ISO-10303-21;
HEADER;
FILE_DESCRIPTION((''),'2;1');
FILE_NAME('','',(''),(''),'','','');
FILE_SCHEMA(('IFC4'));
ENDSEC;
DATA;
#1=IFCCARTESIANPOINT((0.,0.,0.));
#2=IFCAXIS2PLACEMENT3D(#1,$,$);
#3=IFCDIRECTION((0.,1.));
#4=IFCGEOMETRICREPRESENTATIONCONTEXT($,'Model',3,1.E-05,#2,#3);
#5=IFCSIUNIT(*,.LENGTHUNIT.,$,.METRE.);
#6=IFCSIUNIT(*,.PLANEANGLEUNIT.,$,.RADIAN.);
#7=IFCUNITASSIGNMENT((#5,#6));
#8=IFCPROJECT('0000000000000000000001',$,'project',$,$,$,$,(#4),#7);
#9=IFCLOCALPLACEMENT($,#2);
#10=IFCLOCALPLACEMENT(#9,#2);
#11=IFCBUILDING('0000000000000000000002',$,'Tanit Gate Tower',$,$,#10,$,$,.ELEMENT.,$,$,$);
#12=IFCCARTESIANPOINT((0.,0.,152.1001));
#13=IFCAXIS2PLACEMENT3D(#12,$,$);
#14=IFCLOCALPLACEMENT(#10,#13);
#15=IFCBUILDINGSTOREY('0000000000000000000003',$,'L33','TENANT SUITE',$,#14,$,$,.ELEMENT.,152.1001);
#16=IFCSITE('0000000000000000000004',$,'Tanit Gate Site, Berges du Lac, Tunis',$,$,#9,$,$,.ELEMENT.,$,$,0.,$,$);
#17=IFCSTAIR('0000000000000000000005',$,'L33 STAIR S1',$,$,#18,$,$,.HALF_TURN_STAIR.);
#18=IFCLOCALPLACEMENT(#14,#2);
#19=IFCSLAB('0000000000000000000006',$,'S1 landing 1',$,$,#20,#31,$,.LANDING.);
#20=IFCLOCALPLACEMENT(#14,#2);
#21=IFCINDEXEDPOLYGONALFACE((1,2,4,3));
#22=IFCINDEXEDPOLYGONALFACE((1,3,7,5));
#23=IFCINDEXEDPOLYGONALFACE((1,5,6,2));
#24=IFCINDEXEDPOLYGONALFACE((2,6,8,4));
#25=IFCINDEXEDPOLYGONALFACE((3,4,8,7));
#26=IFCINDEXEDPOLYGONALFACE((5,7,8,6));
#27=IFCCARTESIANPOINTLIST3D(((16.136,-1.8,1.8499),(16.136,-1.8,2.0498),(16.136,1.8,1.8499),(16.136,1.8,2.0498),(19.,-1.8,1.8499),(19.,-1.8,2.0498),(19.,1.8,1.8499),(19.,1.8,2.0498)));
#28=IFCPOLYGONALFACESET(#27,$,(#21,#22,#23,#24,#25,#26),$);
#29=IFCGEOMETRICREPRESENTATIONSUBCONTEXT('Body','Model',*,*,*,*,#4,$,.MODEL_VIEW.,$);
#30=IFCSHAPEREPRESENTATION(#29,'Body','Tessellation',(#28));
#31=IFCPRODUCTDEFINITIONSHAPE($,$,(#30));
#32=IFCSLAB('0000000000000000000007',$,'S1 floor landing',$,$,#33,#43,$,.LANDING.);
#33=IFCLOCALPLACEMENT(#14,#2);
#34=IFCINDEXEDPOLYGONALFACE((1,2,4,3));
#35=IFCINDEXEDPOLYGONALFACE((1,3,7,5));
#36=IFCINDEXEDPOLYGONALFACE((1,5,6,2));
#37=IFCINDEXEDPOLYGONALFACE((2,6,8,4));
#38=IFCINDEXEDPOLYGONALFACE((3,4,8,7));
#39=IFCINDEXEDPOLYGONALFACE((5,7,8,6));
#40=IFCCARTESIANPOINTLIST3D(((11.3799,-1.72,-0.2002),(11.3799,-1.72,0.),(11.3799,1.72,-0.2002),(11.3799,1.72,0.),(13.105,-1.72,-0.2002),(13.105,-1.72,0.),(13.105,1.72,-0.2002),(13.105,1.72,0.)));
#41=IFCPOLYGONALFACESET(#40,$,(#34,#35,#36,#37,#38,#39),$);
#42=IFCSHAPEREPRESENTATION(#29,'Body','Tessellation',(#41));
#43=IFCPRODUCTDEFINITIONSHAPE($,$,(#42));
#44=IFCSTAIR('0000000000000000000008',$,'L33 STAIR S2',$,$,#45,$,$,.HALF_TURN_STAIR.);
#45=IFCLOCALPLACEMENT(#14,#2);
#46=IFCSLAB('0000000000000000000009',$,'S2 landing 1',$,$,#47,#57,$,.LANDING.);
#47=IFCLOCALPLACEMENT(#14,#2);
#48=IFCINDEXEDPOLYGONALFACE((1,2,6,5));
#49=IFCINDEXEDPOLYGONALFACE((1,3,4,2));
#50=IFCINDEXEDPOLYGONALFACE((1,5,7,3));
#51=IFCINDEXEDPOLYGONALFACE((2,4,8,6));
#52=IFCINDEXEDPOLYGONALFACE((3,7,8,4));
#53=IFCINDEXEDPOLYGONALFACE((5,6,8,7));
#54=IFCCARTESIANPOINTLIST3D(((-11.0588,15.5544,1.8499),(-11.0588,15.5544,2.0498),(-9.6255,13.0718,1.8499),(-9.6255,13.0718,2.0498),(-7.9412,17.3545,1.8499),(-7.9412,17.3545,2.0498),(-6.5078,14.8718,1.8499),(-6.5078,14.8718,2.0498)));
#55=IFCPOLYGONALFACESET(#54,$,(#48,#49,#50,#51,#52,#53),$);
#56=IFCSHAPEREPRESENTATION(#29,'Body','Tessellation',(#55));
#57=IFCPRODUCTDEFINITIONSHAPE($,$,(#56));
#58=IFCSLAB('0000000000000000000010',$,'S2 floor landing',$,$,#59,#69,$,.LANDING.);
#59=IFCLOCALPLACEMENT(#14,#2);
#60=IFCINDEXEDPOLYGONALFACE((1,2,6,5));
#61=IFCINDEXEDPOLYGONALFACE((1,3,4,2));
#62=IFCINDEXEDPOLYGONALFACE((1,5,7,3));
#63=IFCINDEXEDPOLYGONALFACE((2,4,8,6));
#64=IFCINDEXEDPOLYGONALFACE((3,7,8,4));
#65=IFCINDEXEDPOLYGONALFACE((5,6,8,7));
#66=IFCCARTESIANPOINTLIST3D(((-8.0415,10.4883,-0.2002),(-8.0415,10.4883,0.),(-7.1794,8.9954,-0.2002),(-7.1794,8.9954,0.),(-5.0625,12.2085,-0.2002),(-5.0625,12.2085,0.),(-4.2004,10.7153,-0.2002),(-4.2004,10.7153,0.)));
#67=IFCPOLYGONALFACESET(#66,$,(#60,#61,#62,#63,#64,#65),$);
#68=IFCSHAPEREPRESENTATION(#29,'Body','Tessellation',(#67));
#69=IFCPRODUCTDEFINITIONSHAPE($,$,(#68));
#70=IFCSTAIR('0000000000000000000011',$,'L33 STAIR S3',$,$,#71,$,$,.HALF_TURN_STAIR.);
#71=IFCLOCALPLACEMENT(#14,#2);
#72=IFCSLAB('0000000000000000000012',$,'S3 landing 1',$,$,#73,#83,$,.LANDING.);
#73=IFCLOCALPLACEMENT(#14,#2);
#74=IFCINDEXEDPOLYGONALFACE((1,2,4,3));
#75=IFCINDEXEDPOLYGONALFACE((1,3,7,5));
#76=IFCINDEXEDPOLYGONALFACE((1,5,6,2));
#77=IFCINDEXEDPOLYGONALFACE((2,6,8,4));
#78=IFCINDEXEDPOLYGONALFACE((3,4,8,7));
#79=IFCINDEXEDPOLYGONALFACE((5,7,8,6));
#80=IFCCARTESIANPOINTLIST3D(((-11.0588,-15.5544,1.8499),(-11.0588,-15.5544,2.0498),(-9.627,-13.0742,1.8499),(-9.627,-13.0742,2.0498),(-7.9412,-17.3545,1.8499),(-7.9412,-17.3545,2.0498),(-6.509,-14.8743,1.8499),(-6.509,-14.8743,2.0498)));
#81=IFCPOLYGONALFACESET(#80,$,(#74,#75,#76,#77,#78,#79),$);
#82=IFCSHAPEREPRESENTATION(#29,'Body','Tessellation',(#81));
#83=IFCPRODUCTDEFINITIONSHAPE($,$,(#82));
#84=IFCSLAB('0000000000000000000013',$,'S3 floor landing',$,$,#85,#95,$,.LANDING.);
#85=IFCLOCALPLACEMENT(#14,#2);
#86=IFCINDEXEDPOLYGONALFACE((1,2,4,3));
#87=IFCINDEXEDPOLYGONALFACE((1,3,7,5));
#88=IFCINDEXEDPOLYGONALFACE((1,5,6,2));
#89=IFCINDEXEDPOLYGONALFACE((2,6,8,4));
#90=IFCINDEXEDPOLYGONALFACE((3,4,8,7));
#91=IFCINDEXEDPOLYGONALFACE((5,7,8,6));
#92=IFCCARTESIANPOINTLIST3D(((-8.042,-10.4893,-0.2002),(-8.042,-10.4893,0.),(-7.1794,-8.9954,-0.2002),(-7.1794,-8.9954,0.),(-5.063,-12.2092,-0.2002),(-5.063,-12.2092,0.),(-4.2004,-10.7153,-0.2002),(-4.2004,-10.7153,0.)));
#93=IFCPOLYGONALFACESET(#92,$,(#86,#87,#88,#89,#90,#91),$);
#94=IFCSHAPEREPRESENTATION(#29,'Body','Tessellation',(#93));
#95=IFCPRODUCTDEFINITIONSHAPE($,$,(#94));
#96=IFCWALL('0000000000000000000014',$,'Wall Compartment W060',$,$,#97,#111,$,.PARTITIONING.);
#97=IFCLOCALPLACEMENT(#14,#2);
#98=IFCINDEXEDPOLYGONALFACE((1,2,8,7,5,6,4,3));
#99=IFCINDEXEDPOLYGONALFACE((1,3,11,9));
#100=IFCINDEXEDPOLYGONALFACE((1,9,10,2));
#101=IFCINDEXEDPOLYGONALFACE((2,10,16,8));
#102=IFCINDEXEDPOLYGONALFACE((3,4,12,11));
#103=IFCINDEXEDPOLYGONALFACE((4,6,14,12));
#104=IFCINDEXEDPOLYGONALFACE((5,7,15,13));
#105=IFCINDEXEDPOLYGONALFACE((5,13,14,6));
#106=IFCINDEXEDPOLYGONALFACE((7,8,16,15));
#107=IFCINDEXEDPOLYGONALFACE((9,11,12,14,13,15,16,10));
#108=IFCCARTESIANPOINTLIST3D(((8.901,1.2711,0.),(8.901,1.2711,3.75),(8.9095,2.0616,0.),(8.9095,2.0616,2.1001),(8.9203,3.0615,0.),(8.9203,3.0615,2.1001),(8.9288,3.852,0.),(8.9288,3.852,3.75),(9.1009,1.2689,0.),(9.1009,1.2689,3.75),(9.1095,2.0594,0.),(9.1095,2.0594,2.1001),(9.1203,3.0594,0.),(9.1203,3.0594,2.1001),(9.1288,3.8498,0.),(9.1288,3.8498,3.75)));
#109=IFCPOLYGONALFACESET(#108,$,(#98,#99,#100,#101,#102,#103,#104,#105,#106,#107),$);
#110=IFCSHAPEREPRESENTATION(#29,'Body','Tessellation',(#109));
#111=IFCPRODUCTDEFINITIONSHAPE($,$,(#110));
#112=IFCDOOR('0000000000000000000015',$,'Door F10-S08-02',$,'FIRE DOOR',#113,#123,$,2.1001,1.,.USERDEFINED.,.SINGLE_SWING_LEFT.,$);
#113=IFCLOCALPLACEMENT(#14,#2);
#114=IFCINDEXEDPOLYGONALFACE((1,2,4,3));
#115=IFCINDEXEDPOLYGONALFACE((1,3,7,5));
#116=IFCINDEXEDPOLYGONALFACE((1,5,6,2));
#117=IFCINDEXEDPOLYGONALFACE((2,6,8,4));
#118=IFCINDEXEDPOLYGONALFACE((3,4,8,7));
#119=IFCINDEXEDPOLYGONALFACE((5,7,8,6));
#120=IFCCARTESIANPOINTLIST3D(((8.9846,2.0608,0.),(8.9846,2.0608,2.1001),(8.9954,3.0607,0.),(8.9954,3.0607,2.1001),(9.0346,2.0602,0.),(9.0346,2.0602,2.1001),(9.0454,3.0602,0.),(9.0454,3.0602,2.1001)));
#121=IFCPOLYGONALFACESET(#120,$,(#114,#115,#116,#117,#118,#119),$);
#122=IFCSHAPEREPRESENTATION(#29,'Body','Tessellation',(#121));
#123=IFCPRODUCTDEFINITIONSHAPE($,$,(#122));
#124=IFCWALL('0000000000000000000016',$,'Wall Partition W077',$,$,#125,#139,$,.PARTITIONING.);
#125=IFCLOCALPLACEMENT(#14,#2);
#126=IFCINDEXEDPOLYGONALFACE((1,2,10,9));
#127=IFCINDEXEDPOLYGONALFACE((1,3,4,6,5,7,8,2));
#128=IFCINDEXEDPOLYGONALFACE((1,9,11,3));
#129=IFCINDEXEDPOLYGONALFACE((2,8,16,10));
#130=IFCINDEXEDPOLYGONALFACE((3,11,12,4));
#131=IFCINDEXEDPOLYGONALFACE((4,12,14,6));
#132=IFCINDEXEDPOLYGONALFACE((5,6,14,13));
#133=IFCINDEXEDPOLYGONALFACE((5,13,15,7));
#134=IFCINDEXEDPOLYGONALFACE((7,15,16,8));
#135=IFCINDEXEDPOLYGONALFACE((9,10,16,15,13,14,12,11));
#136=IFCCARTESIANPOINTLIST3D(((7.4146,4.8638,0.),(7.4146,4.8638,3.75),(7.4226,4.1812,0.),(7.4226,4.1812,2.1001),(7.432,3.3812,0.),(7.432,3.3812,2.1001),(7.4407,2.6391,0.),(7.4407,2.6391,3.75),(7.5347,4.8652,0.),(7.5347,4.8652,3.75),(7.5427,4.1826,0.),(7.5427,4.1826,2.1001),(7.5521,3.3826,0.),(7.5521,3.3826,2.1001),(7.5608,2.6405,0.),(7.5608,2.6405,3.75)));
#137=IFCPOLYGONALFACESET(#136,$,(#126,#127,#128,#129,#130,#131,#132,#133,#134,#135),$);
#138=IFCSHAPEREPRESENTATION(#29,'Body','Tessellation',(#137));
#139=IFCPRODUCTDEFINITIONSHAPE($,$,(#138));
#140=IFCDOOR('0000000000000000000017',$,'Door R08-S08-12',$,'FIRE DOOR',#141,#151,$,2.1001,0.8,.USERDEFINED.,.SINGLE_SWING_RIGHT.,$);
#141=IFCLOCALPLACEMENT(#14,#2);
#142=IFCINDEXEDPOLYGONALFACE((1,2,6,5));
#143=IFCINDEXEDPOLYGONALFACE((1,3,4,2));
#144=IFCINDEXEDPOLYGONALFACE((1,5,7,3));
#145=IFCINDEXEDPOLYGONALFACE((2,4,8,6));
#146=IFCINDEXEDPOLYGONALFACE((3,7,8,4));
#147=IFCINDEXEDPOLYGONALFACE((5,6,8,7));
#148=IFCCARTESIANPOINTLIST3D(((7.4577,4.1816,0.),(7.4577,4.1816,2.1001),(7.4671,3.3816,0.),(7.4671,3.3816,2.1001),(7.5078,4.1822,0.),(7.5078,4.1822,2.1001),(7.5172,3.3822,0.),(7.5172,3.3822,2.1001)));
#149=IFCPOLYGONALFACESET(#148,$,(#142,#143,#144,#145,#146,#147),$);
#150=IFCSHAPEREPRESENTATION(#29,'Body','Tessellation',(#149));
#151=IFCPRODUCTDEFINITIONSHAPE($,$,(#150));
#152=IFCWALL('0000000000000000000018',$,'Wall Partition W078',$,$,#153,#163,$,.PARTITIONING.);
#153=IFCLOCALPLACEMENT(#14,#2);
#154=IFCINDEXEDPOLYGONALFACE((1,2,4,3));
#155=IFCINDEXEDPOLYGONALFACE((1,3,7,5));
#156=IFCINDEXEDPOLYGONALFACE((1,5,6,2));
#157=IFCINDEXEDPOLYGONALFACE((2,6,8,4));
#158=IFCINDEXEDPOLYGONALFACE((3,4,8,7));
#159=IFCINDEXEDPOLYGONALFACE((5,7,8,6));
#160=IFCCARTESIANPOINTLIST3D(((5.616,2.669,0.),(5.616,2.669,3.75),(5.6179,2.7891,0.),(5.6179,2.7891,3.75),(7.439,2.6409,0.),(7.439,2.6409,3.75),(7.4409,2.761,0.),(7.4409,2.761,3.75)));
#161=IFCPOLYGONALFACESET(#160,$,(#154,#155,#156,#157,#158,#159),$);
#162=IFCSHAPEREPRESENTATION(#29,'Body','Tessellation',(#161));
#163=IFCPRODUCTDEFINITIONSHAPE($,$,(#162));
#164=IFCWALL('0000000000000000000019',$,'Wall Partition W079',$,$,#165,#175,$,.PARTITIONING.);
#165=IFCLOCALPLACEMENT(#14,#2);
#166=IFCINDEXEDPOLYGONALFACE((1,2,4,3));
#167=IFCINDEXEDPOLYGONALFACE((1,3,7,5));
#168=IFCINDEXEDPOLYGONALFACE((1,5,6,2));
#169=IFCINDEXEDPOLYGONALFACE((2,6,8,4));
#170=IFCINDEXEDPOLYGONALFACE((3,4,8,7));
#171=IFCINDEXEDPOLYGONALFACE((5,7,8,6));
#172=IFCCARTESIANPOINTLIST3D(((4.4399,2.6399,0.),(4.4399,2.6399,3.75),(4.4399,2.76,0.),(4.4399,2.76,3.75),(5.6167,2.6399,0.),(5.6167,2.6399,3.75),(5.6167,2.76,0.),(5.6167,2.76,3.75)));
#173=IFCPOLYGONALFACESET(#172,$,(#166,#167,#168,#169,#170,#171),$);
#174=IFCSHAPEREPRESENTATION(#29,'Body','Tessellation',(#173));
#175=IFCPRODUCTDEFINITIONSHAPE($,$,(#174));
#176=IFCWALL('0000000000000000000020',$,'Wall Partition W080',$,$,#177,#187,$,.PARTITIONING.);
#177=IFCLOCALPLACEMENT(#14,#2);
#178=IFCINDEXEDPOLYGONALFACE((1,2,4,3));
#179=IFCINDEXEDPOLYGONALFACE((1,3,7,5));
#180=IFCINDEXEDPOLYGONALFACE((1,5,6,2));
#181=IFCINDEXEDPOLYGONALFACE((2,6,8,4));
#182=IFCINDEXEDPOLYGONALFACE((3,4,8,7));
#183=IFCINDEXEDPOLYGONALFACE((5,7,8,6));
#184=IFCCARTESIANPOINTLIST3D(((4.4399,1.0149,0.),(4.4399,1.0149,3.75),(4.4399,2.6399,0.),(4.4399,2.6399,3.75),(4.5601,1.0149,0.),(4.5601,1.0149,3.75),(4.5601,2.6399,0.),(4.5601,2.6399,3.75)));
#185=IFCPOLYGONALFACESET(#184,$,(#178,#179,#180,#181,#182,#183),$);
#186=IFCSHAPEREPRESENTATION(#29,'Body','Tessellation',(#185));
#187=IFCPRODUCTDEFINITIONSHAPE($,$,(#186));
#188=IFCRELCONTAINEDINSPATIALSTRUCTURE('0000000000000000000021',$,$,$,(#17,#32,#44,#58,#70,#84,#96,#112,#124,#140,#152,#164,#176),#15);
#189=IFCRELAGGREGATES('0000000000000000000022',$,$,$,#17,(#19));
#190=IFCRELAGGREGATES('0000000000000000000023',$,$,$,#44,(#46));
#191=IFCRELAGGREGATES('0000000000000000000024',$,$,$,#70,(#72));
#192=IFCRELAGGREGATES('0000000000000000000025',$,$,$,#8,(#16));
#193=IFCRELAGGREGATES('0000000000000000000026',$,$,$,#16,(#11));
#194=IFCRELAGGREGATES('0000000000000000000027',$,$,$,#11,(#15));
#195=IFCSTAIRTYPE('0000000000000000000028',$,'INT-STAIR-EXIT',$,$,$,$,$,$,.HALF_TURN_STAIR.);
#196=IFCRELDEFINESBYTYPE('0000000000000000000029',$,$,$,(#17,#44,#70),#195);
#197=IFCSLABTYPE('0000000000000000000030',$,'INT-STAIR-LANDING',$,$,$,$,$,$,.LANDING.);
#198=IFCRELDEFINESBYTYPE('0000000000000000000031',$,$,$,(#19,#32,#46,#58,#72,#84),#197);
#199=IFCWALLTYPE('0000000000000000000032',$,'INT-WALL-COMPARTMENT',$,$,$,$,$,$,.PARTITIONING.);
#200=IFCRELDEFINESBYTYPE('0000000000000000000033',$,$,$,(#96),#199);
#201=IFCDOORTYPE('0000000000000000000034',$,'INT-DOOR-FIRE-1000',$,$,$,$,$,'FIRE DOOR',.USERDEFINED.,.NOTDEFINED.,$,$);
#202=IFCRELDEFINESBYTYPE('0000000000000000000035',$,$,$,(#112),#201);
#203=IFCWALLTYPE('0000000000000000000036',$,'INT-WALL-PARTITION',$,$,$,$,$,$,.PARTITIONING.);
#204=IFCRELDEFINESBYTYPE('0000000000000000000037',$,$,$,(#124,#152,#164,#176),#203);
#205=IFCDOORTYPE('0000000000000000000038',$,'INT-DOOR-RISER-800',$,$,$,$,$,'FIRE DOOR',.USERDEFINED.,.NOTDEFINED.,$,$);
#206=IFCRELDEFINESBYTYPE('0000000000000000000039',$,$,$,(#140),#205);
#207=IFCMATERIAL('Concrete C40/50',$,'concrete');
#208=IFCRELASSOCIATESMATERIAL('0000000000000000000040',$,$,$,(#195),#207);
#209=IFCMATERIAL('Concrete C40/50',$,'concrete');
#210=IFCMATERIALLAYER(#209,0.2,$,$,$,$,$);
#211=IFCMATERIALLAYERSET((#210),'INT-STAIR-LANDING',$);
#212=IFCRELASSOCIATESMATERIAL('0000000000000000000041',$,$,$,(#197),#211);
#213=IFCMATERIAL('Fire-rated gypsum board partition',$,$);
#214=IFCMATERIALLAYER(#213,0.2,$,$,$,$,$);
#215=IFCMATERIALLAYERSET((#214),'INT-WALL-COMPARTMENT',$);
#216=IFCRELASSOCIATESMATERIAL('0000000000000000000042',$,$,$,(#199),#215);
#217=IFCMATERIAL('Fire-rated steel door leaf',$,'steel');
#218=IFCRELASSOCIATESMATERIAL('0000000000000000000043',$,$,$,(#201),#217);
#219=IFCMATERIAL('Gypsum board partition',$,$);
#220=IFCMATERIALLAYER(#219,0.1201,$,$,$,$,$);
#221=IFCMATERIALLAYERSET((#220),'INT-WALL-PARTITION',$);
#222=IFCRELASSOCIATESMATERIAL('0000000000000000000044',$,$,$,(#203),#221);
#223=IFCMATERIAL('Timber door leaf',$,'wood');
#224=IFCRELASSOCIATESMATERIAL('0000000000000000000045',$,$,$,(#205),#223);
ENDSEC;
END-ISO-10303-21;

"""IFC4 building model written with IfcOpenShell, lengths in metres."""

from ifc_helpers import new_model, si_unit, direction, frame, frame_2d, origin, place, context, subcontext, project, spatial, polyline, rectangle, outline, extrude, material, layer, layer_set, type_object, element, fill, aggregate, save


model = new_model("IFC4")

# Units and contexts
model_context = context("Model", 3, precision=1e-05, world=origin(), true_north=direction((0.0, 1.0)))
body_context = subcontext(model_context, "Body", "Model", "MODEL_VIEW")
ifc_project = project(units=[si_unit("LENGTHUNIT", "METRE"), si_unit("PLANEANGLEUNIT", "RADIAN")], contexts=[model_context])

# Site, building, storey
site_placement = place(None, origin())
site = spatial("IfcSite", under=ifc_project, at=site_placement, Name="Tanit Gate Site, Berges du Lac, Tunis", CompositionType="ELEMENT", RefElevation=0.0)
building_placement = place(site_placement, origin())
building = spatial("IfcBuilding", under=site, at=building_placement, Name="Tanit Gate Tower", CompositionType="ELEMENT")
storey_placement = place(building_placement, frame((0.0, 0.0, 152.1001)))
storey = spatial("IfcBuildingStorey", under=building, at=storey_placement, Name="L33", Description="TENANT SUITE", CompositionType="ELEMENT", Elevation=152.1001)

# Stair, slab
ifc_material_1 = material(Name="Concrete C40/50", Category="concrete")
stair_type = type_object("IfcStairType", Name="INT-STAIR-EXIT", PredefinedType="HALF_TURN_STAIR", material=ifc_material_1)
stair_1_placement = place(storey_placement, origin())
stair_1 = element("IfcStair", 1, at=stair_1_placement, inside=storey, type_object=stair_type, Name="L33 STAIR S1", PredefinedType="HALF_TURN_STAIR")
ifc_material_2 = material(Name="Concrete C40/50", Category="concrete")
ifc_layer_1 = layer(ifc_material_2, 0.2)
ifc_layer_set_1 = layer_set([ifc_layer_1], Name="INT-STAIR-LANDING")
slab_type = type_object("IfcSlabType", Name="INT-STAIR-LANDING", PredefinedType="LANDING", material=ifc_layer_set_1)
slab_1_placement = place(storey_placement, frame((0.0, 0.0, 1.8499)))
slab_1 = element("IfcSlab", 2, at=slab_1_placement, type_object=slab_type, Name="S1 landing 1", PredefinedType="LANDING", context=body_context, shape_type="SweptSolid", body=[
    extrude(outline(polyline([(16.136, -1.8), (19.0, -1.8), (19.0, 1.8), (16.136, 1.8), (16.136, -1.8)])), origin(), (0.0, 0.0, 1.0), 0.2),
])
aggregate(stair_1, [slab_1])

# Slab
slab_2_placement = place(storey_placement, frame((0.0, 0.0, -0.2002)))
element("IfcSlab", 3, at=slab_2_placement, inside=storey, type_object=slab_type, Name="S1 floor landing", PredefinedType="LANDING", context=body_context, shape_type="SweptSolid", body=[
    extrude(outline(polyline([(11.3799, -1.72), (13.105, -1.72), (13.105, 1.72), (11.3799, 1.72), (11.3799, -1.72)])), origin(), (0.0, 0.0, 1.0), 0.2002),
])

# Stair, slab
stair_2_placement = place(storey_placement, origin())
stair_2 = element("IfcStair", 4, at=stair_2_placement, inside=storey, type_object=stair_type, Name="L33 STAIR S2", PredefinedType="HALF_TURN_STAIR")
slab_3_placement = place(storey_placement, frame((0.0, 0.0, 1.8499)))
slab_3 = element("IfcSlab", 5, at=slab_3_placement, type_object=slab_type, Name="S2 landing 1", PredefinedType="LANDING", context=body_context, shape_type="SweptSolid", body=[
    extrude(outline(polyline([(-6.5078, 14.8718), (-7.9412, 17.3545), (-11.0588, 15.5544), (-9.6255, 13.0718), (-6.5078, 14.8718)])), origin(), (0.0, 0.0, 1.0), 0.2),
])
aggregate(stair_2, [slab_3])

# Slab
slab_4_placement = place(storey_placement, frame((0.0, 0.0, -0.2002)))
element("IfcSlab", 6, at=slab_4_placement, inside=storey, type_object=slab_type, Name="S2 floor landing", PredefinedType="LANDING", context=body_context, shape_type="SweptSolid", body=[
    extrude(outline(polyline([(-4.2004, 10.7153), (-5.0625, 12.2085), (-8.0415, 10.4883), (-7.1794, 8.9954), (-4.2004, 10.7153)])), origin(), (0.0, 0.0, 1.0), 0.2002),
])

# Stair, slab
stair_3_placement = place(storey_placement, origin())
stair_3 = element("IfcStair", 7, at=stair_3_placement, inside=storey, type_object=stair_type, Name="L33 STAIR S3", PredefinedType="HALF_TURN_STAIR")
slab_5_placement = place(storey_placement, frame((0.0, 0.0, 1.8499)))
slab_5 = element("IfcSlab", 8, at=slab_5_placement, type_object=slab_type, Name="S3 landing 1", PredefinedType="LANDING", context=body_context, shape_type="SweptSolid", body=[
    extrude(outline(polyline([(-9.627, -13.0742), (-11.0588, -15.5544), (-7.9412, -17.3545), (-6.509, -14.8743), (-9.627, -13.0742)])), origin(), (0.0, 0.0, 1.0), 0.2),
])
aggregate(stair_3, [slab_5])

# Slab
slab_6_placement = place(storey_placement, frame((0.0, 0.0, -0.2002)))
element("IfcSlab", 9, at=slab_6_placement, inside=storey, type_object=slab_type, Name="S3 floor landing", PredefinedType="LANDING", context=body_context, shape_type="SweptSolid", body=[
    extrude(outline(polyline([(-7.1794, -8.9954), (-8.042, -10.4893), (-5.063, -12.2092), (-4.2004, -10.7153), (-7.1794, -8.9954)])), origin(), (0.0, 0.0, 1.0), 0.2002),
])

# Walls, openings, doors
ifc_material_3 = material(Name="Fire-rated gypsum board partition")
ifc_layer_2 = layer(ifc_material_3, 0.2)
ifc_layer_set_2 = layer_set([ifc_layer_2], Name="INT-WALL-COMPARTMENT")
wall_type_1 = type_object("IfcWallType", Name="INT-WALL-COMPARTMENT", PredefinedType="PARTITIONING", material=ifc_layer_set_2)
wall_1_placement = place(storey_placement, frame((9.001, 1.27, 0.0), z_axis=(0.0, 0.0, 1.0), x_axis=(0.010784, 0.999942, 0.0)))
wall_1 = element("IfcWall", 10, at=wall_1_placement, inside=storey, type_object=wall_type_1, Name="Wall Compartment W060", PredefinedType="PARTITIONING", context=body_context, shape_type="SweptSolid", body=[
    extrude(rectangle(XDim=2.5811, YDim=0.2, at=frame_2d((1.2905, 0.0))), origin(), (0.0, 0.0, 1.0), 3.75),
])
opening_1_placement = place(wall_1_placement, frame((0.7905, 0.0, 0.0)))
opening_1 = element("IfcOpeningElement", 11, at=opening_1_placement, cuts=wall_1, PredefinedType="OPENING", context=body_context, shape_type="SweptSolid", body=[
    extrude(rectangle(XDim=1.0, YDim=2.1001, at=frame_2d((0.5, 1.05))), frame((0.0, 0.1099, 0.0), z_axis=(0.0, -1.0, 0.0), x_axis=(1.0, 0.0, 0.0)), (0.0, 0.0, 1.0), 0.22),
])
ifc_material_4 = material(Name="Fire-rated steel door leaf", Category="steel")
door_type_1 = type_object("IfcDoorType", Name="INT-DOOR-FIRE-1000", ElementType="FIRE DOOR", OperationType="NOTDEFINED", PredefinedType="USERDEFINED", material=ifc_material_4)
door_1_placement = place(opening_1_placement, origin())
door_1 = element("IfcDoor", 12, at=door_1_placement, inside=storey, type_object=door_type_1, Name="Door F10-S08-02", ObjectType="FIRE DOOR", OperationType="SINGLE_SWING_LEFT", OverallHeight=2.1001, OverallWidth=1.0, PredefinedType="USERDEFINED", context=body_context, shape_type="SweptSolid", body=[
    extrude(rectangle(XDim=1.0, YDim=2.1001, at=frame_2d((0.5, 1.05))), frame((0.0, 0.0249, 0.0), z_axis=(0.0, -1.0, 0.0), x_axis=(1.0, 0.0, 0.0)), (0.0, 0.0, 1.0), 0.05),
])
fill(opening_1, door_1)
ifc_material_5 = material(Name="Gypsum board partition")
ifc_layer_3 = layer(ifc_material_5, 0.1201)
ifc_layer_set_3 = layer_set([ifc_layer_3], Name="INT-WALL-PARTITION")
wall_type_2 = type_object("IfcWallType", Name="INT-WALL-PARTITION", PredefinedType="PARTITIONING", material=ifc_layer_set_3)
wall_2_placement = place(storey_placement, frame((7.5007, 2.6399, 0.0), z_axis=(0.0, 0.0, 1.0), x_axis=(-0.011742, 0.999931, 0.0)))
wall_2 = element("IfcWall", 13, at=wall_2_placement, inside=storey, type_object=wall_type_2, Name="Wall Partition W077", PredefinedType="PARTITIONING", context=body_context, shape_type="SweptSolid", body=[
    extrude(rectangle(XDim=2.2249, YDim=0.1201, at=frame_2d((1.1123, 0.0))), origin(), (0.0, 0.0, 1.0), 3.75),
])
opening_2_placement = place(wall_2_placement, frame((0.7422, 0.0, 0.0)))
opening_2 = element("IfcOpeningElement", 14, at=opening_2_placement, cuts=wall_2, PredefinedType="OPENING", context=body_context, shape_type="SweptSolid", body=[
    extrude(rectangle(XDim=0.8, YDim=2.1001, at=frame_2d((0.3999, 1.05))), frame((0.0, 0.0701, 0.0), z_axis=(0.0, -1.0, 0.0), x_axis=(1.0, 0.0, 0.0)), (0.0, 0.0, 1.0), 0.1401),
])
ifc_material_6 = material(Name="Timber door leaf", Category="wood")
door_type_2 = type_object("IfcDoorType", Name="INT-DOOR-RISER-800", ElementType="FIRE DOOR", OperationType="NOTDEFINED", PredefinedType="USERDEFINED", material=ifc_material_6)
door_2_placement = place(opening_2_placement, origin())
door_2 = element("IfcDoor", 15, at=door_2_placement, inside=storey, type_object=door_type_2, Name="Door R08-S08-12", ObjectType="FIRE DOOR", OperationType="SINGLE_SWING_RIGHT", OverallHeight=2.1001, OverallWidth=0.8, PredefinedType="USERDEFINED", context=body_context, shape_type="SweptSolid", body=[
    extrude(rectangle(XDim=0.8, YDim=2.1001, at=frame_2d((0.3999, 1.05))), frame((0.0, 0.0249, 0.0), z_axis=(0.0, -1.0, 0.0), x_axis=(1.0, 0.0, 0.0)), (0.0, 0.0, 1.0), 0.05),
])
fill(opening_2, door_2)

# Walls
wall_3_placement = place(storey_placement, frame((5.6169, 2.729, 0.0), z_axis=(0.0, 0.0, 1.0), x_axis=(0.999881, -0.015399, 0.0)))
element("IfcWall", 16, at=wall_3_placement, inside=storey, type_object=wall_type_2, Name="Wall Partition W078", PredefinedType="PARTITIONING", context=body_context, shape_type="SweptSolid", body=[
    extrude(rectangle(XDim=1.8232, YDim=0.1201, at=frame_2d((0.9116, 0.0))), origin(), (0.0, 0.0, 1.0), 3.75),
])
wall_4_placement = place(storey_placement, frame((4.4399, 2.7, 0.0), z_axis=(0.0, 0.0, 1.0), x_axis=(1.0, 0.0, 0.0)))
element("IfcWall", 17, at=wall_4_placement, inside=storey, type_object=wall_type_2, Name="Wall Partition W079", PredefinedType="PARTITIONING", context=body_context, shape_type="SweptSolid", body=[
    extrude(rectangle(XDim=1.1768, YDim=0.1201, at=frame_2d((0.5884, 0.0))), origin(), (0.0, 0.0, 1.0), 3.75),
])
wall_5_placement = place(storey_placement, frame((4.5, 1.0149, 0.0), z_axis=(0.0, 0.0, 1.0), x_axis=(0.0, 1.0, 0.0)))
element("IfcWall", 18, at=wall_5_placement, inside=storey, type_object=wall_type_2, Name="Wall Partition W080", PredefinedType="PARTITIONING", context=body_context, shape_type="SweptSolid", body=[
    extrude(rectangle(XDim=1.625, YDim=0.1201, at=frame_2d((0.8125, 0.0))), origin(), (0.0, 0.0, 1.0), 3.75),
])

save(model, "model.ifc")
